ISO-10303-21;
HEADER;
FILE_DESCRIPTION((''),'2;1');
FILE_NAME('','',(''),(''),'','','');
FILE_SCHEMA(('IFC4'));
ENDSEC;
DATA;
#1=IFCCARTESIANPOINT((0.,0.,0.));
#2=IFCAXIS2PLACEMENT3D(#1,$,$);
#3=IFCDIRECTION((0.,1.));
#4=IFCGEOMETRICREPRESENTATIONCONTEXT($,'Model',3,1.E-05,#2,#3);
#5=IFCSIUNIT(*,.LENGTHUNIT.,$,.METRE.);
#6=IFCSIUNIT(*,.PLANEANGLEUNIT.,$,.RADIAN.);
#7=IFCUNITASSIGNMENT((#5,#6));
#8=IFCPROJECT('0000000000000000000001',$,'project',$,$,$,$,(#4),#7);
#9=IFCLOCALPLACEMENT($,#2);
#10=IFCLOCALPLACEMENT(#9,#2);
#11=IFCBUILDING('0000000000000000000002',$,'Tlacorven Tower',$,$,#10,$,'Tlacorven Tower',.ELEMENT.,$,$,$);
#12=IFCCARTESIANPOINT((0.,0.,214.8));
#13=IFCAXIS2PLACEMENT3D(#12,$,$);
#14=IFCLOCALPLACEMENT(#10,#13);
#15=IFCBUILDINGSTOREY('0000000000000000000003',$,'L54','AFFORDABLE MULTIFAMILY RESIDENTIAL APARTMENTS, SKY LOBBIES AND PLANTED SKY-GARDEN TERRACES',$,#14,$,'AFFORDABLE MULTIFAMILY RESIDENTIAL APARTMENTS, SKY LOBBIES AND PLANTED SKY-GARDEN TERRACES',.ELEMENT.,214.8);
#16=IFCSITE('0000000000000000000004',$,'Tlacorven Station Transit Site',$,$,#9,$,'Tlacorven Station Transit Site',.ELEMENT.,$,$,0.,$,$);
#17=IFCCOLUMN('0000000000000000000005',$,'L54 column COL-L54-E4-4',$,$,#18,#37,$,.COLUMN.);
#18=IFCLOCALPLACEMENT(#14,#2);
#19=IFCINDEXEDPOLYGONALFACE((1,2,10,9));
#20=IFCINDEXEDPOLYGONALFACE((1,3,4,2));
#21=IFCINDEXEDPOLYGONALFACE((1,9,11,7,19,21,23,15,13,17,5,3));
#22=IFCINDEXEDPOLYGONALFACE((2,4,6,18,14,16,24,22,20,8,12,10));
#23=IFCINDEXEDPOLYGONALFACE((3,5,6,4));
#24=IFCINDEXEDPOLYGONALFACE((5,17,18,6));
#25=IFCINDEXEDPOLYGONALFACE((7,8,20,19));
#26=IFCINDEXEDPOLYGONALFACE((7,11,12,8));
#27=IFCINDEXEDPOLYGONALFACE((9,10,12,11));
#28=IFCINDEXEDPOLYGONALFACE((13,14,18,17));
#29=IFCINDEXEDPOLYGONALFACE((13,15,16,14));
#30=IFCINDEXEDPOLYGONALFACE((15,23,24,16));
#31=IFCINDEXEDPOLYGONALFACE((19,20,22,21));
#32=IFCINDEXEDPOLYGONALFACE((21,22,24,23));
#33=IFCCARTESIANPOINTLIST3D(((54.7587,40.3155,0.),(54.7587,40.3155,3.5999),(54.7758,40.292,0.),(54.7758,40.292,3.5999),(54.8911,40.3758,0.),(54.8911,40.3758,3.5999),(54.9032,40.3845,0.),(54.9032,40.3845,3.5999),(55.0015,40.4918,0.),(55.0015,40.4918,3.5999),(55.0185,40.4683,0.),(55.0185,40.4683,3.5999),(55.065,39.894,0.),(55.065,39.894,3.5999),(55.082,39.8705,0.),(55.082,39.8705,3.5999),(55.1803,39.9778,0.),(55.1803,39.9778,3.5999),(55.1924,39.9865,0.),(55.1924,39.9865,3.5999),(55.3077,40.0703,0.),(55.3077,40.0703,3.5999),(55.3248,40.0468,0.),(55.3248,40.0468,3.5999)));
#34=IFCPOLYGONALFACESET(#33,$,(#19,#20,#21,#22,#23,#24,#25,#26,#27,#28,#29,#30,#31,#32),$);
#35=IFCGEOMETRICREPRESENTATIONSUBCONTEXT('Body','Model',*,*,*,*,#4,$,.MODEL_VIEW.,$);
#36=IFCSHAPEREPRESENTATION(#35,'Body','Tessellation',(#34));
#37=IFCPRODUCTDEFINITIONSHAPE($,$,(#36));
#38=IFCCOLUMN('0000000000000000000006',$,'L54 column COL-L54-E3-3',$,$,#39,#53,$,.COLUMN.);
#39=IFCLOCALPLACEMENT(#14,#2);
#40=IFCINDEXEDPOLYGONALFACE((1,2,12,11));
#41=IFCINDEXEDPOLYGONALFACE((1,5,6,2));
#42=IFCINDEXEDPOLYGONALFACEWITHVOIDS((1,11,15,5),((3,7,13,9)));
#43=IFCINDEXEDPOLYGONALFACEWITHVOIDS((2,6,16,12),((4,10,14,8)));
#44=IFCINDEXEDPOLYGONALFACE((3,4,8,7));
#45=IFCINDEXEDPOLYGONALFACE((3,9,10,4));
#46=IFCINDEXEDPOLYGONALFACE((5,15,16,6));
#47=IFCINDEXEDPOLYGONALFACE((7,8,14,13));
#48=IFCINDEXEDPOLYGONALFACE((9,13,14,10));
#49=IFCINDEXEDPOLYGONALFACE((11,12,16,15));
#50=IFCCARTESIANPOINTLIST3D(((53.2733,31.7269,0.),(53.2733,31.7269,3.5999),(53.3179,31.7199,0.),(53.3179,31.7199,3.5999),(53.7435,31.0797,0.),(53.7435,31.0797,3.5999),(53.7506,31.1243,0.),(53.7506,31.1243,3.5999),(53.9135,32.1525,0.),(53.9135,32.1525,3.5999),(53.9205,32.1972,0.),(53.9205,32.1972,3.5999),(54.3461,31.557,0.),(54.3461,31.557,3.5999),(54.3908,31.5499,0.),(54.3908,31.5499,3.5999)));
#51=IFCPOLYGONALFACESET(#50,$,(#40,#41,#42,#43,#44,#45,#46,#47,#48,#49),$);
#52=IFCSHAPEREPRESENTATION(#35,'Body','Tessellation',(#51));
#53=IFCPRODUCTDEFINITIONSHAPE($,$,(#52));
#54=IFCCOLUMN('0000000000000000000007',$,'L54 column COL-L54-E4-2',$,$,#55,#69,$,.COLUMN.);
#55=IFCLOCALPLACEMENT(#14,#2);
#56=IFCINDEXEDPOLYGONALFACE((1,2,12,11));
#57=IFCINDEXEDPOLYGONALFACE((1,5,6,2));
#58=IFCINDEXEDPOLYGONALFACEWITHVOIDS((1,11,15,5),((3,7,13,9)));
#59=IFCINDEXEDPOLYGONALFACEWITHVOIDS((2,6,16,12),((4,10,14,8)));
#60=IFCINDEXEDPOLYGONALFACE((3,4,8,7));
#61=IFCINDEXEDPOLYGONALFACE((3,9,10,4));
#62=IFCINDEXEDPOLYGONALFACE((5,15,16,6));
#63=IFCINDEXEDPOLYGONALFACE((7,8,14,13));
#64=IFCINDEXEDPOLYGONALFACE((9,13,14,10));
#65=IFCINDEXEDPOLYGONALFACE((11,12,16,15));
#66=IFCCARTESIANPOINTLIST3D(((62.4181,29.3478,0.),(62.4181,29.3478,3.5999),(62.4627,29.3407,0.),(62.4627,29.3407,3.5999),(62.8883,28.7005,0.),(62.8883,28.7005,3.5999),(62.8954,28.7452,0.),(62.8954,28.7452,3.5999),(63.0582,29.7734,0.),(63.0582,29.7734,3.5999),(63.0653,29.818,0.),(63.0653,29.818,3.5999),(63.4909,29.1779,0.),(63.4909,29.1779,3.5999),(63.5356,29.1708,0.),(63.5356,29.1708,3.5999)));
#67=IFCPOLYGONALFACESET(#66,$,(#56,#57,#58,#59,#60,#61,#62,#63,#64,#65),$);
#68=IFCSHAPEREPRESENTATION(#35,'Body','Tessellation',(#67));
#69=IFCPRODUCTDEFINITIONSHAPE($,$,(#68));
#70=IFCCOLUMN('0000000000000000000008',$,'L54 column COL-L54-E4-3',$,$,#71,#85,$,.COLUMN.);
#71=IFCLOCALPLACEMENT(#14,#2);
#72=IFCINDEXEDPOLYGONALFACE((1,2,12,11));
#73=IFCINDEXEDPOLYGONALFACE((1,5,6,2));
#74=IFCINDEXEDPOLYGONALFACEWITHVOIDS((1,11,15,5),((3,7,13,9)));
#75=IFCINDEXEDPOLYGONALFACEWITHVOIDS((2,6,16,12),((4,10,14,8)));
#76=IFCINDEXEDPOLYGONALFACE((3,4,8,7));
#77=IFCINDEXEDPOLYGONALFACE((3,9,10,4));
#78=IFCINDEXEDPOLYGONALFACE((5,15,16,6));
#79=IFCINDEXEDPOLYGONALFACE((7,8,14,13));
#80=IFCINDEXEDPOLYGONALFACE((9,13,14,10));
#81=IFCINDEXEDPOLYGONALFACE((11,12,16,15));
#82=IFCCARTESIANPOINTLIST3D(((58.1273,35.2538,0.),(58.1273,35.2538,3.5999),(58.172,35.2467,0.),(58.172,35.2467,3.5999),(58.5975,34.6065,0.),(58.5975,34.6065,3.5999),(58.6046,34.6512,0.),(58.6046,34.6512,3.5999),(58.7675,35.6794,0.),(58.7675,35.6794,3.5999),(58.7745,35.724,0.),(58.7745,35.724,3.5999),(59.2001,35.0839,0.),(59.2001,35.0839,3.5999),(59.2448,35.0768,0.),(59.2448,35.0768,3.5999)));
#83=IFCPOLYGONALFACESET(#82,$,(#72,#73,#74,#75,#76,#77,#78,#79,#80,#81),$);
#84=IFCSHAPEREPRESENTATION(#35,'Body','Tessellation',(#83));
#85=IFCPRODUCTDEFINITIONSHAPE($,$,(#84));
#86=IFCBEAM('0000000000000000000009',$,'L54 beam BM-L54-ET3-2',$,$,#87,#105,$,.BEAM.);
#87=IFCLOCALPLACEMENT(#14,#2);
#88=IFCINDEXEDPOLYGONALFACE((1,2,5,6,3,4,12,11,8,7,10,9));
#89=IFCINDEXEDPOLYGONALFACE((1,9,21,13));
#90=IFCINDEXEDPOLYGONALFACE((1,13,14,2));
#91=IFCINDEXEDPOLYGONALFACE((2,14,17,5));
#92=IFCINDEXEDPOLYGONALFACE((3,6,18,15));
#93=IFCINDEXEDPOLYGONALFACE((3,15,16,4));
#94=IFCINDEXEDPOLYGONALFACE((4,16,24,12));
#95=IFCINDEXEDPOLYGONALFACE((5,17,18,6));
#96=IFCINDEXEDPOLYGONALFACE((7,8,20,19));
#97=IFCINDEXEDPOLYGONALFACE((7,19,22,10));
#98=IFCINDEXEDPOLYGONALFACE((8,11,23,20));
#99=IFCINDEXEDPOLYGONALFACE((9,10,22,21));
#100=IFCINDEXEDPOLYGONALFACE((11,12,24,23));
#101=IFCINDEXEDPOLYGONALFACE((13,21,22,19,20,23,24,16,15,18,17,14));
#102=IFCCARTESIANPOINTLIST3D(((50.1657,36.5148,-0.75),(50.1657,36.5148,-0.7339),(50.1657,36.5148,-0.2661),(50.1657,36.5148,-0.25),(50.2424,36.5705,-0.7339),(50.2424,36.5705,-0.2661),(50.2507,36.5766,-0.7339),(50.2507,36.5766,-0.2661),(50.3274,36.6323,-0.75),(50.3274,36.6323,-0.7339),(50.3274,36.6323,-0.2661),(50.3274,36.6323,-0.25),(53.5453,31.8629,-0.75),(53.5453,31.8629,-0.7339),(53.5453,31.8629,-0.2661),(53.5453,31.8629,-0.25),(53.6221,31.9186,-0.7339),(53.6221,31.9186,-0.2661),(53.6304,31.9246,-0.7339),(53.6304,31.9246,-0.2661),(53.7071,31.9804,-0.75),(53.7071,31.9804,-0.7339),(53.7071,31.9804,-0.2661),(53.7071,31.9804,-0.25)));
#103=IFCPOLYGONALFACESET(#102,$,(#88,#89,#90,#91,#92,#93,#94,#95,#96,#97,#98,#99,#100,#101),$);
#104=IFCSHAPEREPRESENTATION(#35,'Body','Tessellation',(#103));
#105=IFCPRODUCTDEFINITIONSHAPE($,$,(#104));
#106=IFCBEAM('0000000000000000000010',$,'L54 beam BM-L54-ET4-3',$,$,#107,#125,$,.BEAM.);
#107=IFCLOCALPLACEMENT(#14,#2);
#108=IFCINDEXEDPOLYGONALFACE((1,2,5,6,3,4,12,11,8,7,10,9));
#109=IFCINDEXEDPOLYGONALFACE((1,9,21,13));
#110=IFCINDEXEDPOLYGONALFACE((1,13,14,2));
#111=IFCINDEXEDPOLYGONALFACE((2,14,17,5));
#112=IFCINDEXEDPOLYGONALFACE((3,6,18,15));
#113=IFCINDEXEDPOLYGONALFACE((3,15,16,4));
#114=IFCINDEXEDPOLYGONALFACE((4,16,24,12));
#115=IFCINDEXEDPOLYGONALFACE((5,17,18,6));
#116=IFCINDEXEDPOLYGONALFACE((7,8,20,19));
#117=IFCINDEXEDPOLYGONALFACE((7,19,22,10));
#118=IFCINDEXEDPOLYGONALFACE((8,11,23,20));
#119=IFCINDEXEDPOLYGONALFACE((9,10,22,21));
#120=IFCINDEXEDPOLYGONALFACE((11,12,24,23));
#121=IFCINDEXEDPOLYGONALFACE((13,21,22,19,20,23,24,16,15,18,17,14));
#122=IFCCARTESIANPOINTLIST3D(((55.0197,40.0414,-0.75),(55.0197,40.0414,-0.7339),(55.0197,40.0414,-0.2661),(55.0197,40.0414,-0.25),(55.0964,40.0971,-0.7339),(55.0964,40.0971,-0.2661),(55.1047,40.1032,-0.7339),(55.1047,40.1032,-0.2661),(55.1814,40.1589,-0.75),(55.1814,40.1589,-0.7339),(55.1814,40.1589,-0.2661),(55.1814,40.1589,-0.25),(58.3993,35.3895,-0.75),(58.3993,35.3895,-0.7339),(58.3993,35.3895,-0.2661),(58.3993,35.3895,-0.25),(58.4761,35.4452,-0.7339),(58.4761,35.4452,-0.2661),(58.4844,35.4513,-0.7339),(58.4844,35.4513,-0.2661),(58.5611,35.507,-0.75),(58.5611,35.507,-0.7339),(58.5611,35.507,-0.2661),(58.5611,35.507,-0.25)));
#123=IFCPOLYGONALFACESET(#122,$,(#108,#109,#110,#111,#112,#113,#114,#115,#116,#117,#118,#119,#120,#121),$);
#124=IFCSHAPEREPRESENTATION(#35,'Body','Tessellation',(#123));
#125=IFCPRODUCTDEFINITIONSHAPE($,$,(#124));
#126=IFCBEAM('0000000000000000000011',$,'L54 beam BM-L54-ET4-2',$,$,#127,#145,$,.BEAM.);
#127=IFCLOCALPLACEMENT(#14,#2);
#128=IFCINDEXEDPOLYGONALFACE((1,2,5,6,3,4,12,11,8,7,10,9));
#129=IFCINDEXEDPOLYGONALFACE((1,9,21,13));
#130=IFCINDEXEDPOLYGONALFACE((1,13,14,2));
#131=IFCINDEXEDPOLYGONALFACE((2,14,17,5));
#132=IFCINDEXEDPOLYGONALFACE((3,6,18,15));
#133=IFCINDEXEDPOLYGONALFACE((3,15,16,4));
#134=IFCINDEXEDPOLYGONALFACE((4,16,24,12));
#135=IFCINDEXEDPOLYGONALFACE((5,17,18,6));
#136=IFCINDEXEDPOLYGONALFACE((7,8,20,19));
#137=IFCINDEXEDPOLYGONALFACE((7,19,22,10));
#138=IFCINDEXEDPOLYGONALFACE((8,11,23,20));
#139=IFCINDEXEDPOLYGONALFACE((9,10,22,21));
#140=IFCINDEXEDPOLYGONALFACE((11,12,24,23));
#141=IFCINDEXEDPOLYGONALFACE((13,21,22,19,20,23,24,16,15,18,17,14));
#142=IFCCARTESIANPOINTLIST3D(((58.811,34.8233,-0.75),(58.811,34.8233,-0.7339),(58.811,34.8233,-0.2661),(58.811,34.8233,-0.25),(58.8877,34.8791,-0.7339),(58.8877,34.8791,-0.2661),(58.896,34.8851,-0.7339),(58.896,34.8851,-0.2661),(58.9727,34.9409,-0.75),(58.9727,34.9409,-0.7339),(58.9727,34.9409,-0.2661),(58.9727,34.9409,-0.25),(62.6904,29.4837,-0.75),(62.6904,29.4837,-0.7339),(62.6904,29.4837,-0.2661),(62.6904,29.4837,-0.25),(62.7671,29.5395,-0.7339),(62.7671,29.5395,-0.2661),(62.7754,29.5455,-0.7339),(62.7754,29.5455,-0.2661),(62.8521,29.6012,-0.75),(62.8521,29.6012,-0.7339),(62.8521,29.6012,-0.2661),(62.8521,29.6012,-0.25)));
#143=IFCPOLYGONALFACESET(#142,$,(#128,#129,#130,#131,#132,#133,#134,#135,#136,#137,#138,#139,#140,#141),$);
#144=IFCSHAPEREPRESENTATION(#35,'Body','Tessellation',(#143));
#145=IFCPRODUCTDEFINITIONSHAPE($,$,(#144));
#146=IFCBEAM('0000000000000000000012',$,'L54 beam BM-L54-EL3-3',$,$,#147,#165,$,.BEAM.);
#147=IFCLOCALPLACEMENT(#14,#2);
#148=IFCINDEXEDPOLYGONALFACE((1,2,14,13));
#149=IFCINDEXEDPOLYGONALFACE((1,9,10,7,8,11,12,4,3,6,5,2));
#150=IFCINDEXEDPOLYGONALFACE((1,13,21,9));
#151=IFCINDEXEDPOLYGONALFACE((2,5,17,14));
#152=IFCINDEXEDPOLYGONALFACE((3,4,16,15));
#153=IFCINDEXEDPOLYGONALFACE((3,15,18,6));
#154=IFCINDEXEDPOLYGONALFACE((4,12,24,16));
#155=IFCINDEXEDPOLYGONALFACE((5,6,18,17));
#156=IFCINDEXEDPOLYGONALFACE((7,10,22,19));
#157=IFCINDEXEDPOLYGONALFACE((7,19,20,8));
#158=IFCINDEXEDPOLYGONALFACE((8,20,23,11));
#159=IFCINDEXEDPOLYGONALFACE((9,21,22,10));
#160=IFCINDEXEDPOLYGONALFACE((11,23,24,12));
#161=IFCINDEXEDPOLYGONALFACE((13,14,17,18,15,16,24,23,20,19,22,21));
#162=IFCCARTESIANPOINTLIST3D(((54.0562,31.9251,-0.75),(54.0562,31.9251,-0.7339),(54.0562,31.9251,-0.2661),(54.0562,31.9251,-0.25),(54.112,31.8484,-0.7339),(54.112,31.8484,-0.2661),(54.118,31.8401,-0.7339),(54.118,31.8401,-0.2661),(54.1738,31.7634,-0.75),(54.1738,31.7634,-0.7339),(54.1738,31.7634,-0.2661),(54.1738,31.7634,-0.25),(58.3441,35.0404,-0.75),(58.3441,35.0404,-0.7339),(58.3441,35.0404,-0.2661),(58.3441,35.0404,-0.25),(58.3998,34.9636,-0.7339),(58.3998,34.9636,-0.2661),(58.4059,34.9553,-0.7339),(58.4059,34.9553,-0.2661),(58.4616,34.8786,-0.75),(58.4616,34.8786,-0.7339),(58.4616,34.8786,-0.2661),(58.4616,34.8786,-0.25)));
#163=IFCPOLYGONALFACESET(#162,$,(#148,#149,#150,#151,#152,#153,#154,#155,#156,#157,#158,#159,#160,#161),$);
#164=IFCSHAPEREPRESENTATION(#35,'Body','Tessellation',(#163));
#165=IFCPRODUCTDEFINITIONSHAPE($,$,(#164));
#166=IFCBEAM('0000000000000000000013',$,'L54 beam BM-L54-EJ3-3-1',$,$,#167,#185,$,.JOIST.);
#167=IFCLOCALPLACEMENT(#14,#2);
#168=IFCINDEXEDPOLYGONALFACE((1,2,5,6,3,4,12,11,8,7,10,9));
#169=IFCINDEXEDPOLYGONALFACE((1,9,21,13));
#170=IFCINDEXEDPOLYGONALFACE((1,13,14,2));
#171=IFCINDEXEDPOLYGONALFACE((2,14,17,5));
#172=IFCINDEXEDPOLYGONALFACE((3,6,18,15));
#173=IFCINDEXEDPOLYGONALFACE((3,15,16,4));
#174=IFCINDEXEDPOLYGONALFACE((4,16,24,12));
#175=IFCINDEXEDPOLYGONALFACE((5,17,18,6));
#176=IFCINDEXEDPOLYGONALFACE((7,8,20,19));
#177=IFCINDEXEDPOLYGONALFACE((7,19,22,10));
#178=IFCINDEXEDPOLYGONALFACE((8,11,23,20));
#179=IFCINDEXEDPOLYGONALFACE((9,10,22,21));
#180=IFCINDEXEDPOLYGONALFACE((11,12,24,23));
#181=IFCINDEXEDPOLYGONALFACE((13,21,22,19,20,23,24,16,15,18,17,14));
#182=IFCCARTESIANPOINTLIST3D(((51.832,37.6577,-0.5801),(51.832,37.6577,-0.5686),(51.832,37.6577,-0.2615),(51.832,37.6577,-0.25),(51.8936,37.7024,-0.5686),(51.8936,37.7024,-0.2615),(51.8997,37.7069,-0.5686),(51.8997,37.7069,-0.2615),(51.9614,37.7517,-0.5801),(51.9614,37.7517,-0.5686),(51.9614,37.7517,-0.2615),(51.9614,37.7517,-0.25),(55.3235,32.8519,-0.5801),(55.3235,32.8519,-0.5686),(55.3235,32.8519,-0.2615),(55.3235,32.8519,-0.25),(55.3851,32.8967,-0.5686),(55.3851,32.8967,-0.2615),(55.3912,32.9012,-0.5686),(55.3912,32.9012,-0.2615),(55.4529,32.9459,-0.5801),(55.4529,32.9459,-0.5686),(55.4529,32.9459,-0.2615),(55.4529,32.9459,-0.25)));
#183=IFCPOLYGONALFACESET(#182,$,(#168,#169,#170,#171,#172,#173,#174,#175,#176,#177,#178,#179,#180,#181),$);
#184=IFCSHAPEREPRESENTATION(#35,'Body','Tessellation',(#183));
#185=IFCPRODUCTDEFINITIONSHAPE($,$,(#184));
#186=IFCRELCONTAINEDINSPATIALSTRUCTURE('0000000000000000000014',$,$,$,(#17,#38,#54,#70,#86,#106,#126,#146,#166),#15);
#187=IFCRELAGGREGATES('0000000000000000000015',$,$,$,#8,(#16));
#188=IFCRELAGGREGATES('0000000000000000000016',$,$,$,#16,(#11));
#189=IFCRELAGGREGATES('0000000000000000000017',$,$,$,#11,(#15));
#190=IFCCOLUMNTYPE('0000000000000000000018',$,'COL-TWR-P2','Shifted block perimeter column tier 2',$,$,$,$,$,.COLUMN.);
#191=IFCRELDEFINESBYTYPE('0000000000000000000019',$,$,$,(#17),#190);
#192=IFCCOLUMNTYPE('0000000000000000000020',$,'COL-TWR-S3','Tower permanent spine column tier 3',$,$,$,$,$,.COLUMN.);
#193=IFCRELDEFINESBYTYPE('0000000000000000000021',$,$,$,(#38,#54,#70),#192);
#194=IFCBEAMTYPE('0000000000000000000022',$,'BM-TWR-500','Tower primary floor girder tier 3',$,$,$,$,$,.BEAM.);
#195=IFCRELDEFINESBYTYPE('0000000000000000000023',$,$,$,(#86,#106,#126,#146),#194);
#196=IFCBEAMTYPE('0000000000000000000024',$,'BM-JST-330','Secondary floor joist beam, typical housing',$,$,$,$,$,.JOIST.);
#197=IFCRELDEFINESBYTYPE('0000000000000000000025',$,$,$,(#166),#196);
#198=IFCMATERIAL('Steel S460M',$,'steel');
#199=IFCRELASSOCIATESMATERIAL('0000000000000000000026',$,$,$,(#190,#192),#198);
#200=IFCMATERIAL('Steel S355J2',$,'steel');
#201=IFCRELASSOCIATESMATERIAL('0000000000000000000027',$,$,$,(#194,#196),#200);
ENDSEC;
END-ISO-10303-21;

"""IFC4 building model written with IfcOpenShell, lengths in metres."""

from ifc_helpers import new_model, si_unit, direction, frame, origin, origin_2d, place, context, subcontext, project, spatial, hollow_rectangle, i_section, extrude, source, transform, mapped, material, material_profile, profile_set, type_object, element, save


model = new_model("IFC4")

# Units and contexts
model_context = context("Model", 3, precision=1e-05, world=origin(), true_north=direction((0.0, 1.0)))
body_context = subcontext(model_context, "Body", "Model", "MODEL_VIEW")
ifc_project = project(units=[si_unit("LENGTHUNIT", "METRE"), si_unit("PLANEANGLEUNIT", "RADIAN")], contexts=[model_context])

# Site, building, storey
site_placement = place(None, origin())
site = spatial("IfcSite", under=ifc_project, at=site_placement, Name="Tlacorven Station Transit Site", LongName="Tlacorven Station Transit Site", CompositionType="ELEMENT", RefElevation=0.0)
building_placement = place(site_placement, origin())
building = spatial("IfcBuilding", under=site, at=building_placement, Name="Tlacorven Tower", LongName="Tlacorven Tower", CompositionType="ELEMENT")
storey_placement = place(building_placement, frame((0.0, 0.0, 214.8)))
storey = spatial("IfcBuildingStorey", under=building, at=storey_placement, Name="L54", Description="AFFORDABLE MULTIFAMILY RESIDENTIAL APARTMENTS, SKY LOBBIES AND PLANTED SKY-GARDEN TERRACES", LongName="AFFORDABLE MULTIFAMILY RESIDENTIAL APARTMENTS, SKY LOBBIES AND PLANTED SKY-GARDEN TERRACES", CompositionType="ELEMENT", Elevation=214.8)

# Columns
ifc_material_1 = material(Name="Steel S460M", Category="steel")
ifc_material_profile_1 = material_profile(ifc_material_1, i_section(OverallWidth=0.3, OverallDepth=0.55, WebThickness=0.0149, FlangeThickness=0.0291, at=origin_2d()), Name="HEB 550")
ifc_profile_set_1 = profile_set([ifc_material_profile_1], Name="Steel S460M")
column_type_1 = type_object("IfcColumnType", Name="COL-TWR-P2", Description="Shifted block perimeter column tier 2", PredefinedType="COLUMN", material=ifc_profile_set_1)
shared_shape_1 = source(origin(), body_context, "Body", "SweptSolid", [
    extrude(i_section(OverallWidth=0.3, OverallDepth=0.55, WebThickness=0.0149, FlangeThickness=0.0291, at=origin_2d()), origin(), (0.0, 0.0, 1.0), 3.5999),
])
column_placement = place(storey_placement, frame((55.0417, 40.1812, 0.0), z_axis=(0.0, 0.0, 1.0), x_axis=(0.809017, 0.587785, 0.0)))
element("IfcColumn", 1, at=column_placement, inside=storey, type_object=column_type_1, Name="L54 column COL-L54-E4-4", PredefinedType="COLUMN", context=body_context, shape_type="MappedRepresentation", body=[
    mapped(shared_shape_1, transform((0.0, 0.0, 0.0), scale=1.0)),
])
ifc_material_profile_2 = material_profile(ifc_material_1, hollow_rectangle(XDim=0.8, YDim=0.8, WallThickness=0.032, at=origin_2d()), Name="BOX 800X800X32")
ifc_profile_set_2 = profile_set([ifc_material_profile_2], Name="Steel S460M")
column_type_2 = type_object("IfcColumnType", Name="COL-TWR-S3", Description="Tower permanent spine column tier 3", PredefinedType="COLUMN", material=ifc_profile_set_2)
shared_shape_2 = source(origin(), body_context, "Body", "SweptSolid", [
    extrude(hollow_rectangle(XDim=0.8, YDim=0.8, WallThickness=0.032, at=origin_2d()), origin(), (0.0, 0.0, 1.0), 3.5999),
])
for number, where, z_axis, x_axis, name in (
    (2, (53.832, 31.6384, 0.0), (0.0, 0.0, 1.0), (0.809017, 0.587785, 0.0), "L54 column COL-L54-E3-3"),
    (3, (62.9768, 29.2593, 0.0), (0.0, 0.0, 1.0), (0.809017, 0.587785, 0.0), "L54 column COL-L54-E4-2"),
    (4, (58.686, 35.1653, 0.0), (0.0, 0.0, 1.0), (0.809017, 0.587785, 0.0), "L54 column COL-L54-E4-3"),
):
    element("IfcColumn", number, at=place(storey_placement, frame(where, z_axis=z_axis, x_axis=x_axis)), inside=storey, type_object=column_type_2, Name=name, PredefinedType="COLUMN", context=body_context, shape_type="MappedRepresentation", body=[
        mapped(shared_shape_2, transform((0.0, 0.0, 0.0), scale=1.0)),
    ])

# Beams
ifc_material_2 = material(Name="Steel S355J2", Category="steel")
ifc_material_profile_3 = material_profile(ifc_material_2, i_section(OverallWidth=0.2, OverallDepth=0.5, WebThickness=0.0103, FlangeThickness=0.0161, at=origin_2d()), Name="IPE 500")
ifc_profile_set_3 = profile_set([ifc_material_profile_3], Name="Steel S355J2")
beam_type_1 = type_object("IfcBeamType", Name="BM-TWR-500", Description="Tower primary floor girder tier 3", PredefinedType="BEAM", material=ifc_profile_set_3)
shared_shape_3 = source(origin(), body_context, "Body", "SweptSolid", [
    extrude(i_section(OverallWidth=0.2, OverallDepth=0.5, WebThickness=0.0103, FlangeThickness=0.0161, at=origin_2d()), origin(), (0.0, 0.0, 1.0), 5.75),
])
for number, where, z_axis, x_axis, name in (
    (5, (53.6262, 31.9216, -0.5), (-0.58777, 0.809028, 0.0), (-0.809028, -0.58777, 0.0), "L54 beam BM-L54-ET3-2"),
    (6, (58.4802, 35.4482, -0.5), (-0.58777, 0.809028, 0.0), (-0.809028, -0.58777, 0.0), "L54 beam BM-L54-ET4-3"),
):
    element("IfcBeam", number, at=place(storey_placement, frame(where, z_axis=z_axis, x_axis=x_axis)), inside=storey, type_object=beam_type_1, Name=name, PredefinedType="BEAM", context=body_context, shape_type="MappedRepresentation", body=[
        mapped(shared_shape_3, transform((0.0, 0.0, 0.0), scale=1.0)),
    ])
shared_shape_4 = source(origin(), body_context, "Body", "SweptSolid", [
    extrude(i_section(OverallWidth=0.2, OverallDepth=0.5, WebThickness=0.0103, FlangeThickness=0.0161, at=origin_2d()), origin(), (0.0, 0.0, 1.0), 6.6001),
])
beam_1_placement = place(storey_placement, frame((62.7712, 29.5425, -0.5), z_axis=(-0.58778, 0.809021, 0.0), x_axis=(-0.809021, -0.58778, 0.0)))
element("IfcBeam", 7, at=beam_1_placement, inside=storey, type_object=beam_type_1, Name="L54 beam BM-L54-ET4-2", PredefinedType="BEAM", context=body_context, shape_type="MappedRepresentation", body=[
    mapped(shared_shape_4, transform((0.0, 0.0, 0.0), scale=1.0)),
])
shared_shape_5 = source(origin(), body_context, "Body", "SweptSolid", [
    extrude(i_section(OverallWidth=0.2, OverallDepth=0.5, WebThickness=0.0103, FlangeThickness=0.0161, at=origin_2d()), origin(), (0.0, 0.0, 1.0), 5.3),
])
beam_2_placement = place(storey_placement, frame((54.115, 31.8442, -0.5), z_axis=(0.809023, 0.587777, 0.0), x_axis=(-0.587777, 0.809023, 0.0)))
element("IfcBeam", 8, at=beam_2_placement, inside=storey, type_object=beam_type_1, Name="L54 beam BM-L54-EL3-3", PredefinedType="BEAM", context=body_context, shape_type="MappedRepresentation", body=[
    mapped(shared_shape_5, transform((0.0, 0.0, 0.0), scale=1.0)),
])
ifc_material_profile_4 = material_profile(ifc_material_2, i_section(OverallWidth=0.1599, OverallDepth=0.3301, WebThickness=0.0076, FlangeThickness=0.0115, at=origin_2d()), Name="IPE 330")
ifc_profile_set_4 = profile_set([ifc_material_profile_4], Name="Steel S355J2")
beam_type_2 = type_object("IfcBeamType", Name="BM-JST-330", Description="Secondary floor joist beam, typical housing", PredefinedType="JOIST", material=ifc_profile_set_4)
shared_shape_6 = source(origin(), body_context, "Body", "SweptSolid", [
    extrude(i_section(OverallWidth=0.1599, OverallDepth=0.3301, WebThickness=0.0076, FlangeThickness=0.0115, at=origin_2d()), origin(), (0.0, 0.0, 1.0), 5.9402),
])
for number, where, z_axis, x_axis, name in (
    (9, (55.3882, 32.8989, -0.415), (-0.587778, 0.809022, 0.0), (-0.809022, -0.587778, 0.0), "L54 beam BM-L54-EJ3-3-1"),
):
    element("IfcBeam", number, at=place(storey_placement, frame(where, z_axis=z_axis, x_axis=x_axis)), inside=storey, type_object=beam_type_2, Name=name, PredefinedType="JOIST", context=body_context, shape_type="MappedRepresentation", body=[
        mapped(shared_shape_6, transform((0.0, 0.0, 0.0), scale=1.0)),
    ])

save(model, "model.ifc")
